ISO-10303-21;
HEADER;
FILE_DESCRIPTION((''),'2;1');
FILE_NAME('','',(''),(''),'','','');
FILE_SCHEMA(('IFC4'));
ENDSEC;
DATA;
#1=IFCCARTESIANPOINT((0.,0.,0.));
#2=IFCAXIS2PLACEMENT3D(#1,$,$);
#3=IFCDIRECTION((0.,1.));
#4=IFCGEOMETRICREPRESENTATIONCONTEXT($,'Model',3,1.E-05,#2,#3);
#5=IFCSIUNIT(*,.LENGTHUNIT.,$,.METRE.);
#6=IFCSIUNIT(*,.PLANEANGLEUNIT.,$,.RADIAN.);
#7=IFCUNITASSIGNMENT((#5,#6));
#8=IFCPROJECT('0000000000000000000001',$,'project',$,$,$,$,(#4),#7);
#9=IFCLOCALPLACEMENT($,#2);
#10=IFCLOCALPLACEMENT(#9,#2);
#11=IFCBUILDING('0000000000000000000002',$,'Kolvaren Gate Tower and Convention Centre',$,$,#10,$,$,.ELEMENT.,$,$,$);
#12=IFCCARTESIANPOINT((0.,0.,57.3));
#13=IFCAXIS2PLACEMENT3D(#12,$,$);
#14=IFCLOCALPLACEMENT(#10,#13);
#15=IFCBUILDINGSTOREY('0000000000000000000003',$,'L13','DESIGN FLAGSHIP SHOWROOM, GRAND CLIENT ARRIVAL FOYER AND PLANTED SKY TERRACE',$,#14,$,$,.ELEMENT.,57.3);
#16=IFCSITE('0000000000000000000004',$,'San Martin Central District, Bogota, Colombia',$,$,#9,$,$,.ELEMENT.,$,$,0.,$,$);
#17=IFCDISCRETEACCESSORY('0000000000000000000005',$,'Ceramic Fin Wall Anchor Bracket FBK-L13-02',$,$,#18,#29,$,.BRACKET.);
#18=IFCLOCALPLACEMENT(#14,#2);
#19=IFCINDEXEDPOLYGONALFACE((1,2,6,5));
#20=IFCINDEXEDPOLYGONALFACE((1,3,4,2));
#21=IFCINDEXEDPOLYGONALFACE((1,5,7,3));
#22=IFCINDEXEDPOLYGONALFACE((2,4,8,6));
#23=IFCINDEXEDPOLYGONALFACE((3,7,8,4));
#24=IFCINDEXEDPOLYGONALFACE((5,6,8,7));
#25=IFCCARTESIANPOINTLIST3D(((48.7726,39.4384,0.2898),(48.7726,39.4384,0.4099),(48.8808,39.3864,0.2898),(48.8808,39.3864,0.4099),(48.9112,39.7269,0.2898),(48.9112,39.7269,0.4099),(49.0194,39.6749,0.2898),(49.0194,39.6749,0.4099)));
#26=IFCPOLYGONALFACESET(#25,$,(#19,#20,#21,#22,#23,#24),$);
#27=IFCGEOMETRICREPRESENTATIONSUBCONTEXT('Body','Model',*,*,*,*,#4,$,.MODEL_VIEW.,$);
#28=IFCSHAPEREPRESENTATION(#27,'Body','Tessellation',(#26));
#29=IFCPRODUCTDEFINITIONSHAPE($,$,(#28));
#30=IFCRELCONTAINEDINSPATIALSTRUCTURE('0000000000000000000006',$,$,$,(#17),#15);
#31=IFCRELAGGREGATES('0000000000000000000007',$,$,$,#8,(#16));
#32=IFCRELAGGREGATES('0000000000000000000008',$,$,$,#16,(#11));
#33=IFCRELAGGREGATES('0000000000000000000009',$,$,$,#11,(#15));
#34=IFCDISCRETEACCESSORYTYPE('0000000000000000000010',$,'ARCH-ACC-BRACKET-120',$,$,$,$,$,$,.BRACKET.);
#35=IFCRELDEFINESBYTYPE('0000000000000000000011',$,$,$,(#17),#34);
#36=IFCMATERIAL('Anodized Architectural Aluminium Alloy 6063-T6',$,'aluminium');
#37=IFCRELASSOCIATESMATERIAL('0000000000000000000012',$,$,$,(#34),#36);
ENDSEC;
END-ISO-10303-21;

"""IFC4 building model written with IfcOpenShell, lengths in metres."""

from ifc_helpers import new_model, si_unit, direction, frame, origin, origin_2d, place, context, subcontext, project, spatial, rectangle, extrude, material, type_object, element, save


model = new_model("IFC4")

# Units and contexts
model_context = context("Model", 3, precision=1e-05, world=origin(), true_north=direction((0.0, 1.0)))
body_context = subcontext(model_context, "Body", "Model", "MODEL_VIEW")
ifc_project = project(units=[si_unit("LENGTHUNIT", "METRE"), si_unit("PLANEANGLEUNIT", "RADIAN")], contexts=[model_context])

# Site, building, storey
site_placement = place(None, origin())
site = spatial("IfcSite", under=ifc_project, at=site_placement, Name="San Martin Central District, Bogota, Colombia", CompositionType="ELEMENT", RefElevation=0.0)
building_placement = place(site_placement, origin())
building = spatial("IfcBuilding", under=site, at=building_placement, Name="Kolvaren Gate Tower and Convention Centre", CompositionType="ELEMENT")
storey_placement = place(building_placement, frame((0.0, 0.0, 57.3)))
storey = spatial("IfcBuildingStorey", under=building, at=storey_placement, Name="L13", Description="DESIGN FLAGSHIP SHOWROOM, GRAND CLIENT ARRIVAL FOYER AND PLANTED SKY TERRACE", CompositionType="ELEMENT", Elevation=57.3)

# Shared definitions
ifc_material_1 = material(Name="Anodized Architectural Aluminium Alloy 6063-T6", Category="aluminium")

# Discrete accessory
discrete_accessory_type = type_object("IfcDiscreteAccessoryType", Name="ARCH-ACC-BRACKET-120", PredefinedType="BRACKET", material=ifc_material_1)
discrete_accessory_placement = place(storey_placement, frame((48.896, 39.5566, 0.2898), z_axis=(0.0, 0.0, 1.0), x_axis=(0.901358, -0.433076, 0.0)))
element("IfcDiscreteAccessory", 1, at=discrete_accessory_placement, inside=storey, type_object=discrete_accessory_type, Name="Ceramic Fin Wall Anchor Bracket FBK-L13-02", PredefinedType="BRACKET", context=body_context, shape_type="SweptSolid", body=[
    extrude(rectangle(XDim=0.1201, YDim=0.3201, at=origin_2d()), origin(), (0.0, 0.0, 1.0), 0.1201),
])

save(model, "model.ifc")
